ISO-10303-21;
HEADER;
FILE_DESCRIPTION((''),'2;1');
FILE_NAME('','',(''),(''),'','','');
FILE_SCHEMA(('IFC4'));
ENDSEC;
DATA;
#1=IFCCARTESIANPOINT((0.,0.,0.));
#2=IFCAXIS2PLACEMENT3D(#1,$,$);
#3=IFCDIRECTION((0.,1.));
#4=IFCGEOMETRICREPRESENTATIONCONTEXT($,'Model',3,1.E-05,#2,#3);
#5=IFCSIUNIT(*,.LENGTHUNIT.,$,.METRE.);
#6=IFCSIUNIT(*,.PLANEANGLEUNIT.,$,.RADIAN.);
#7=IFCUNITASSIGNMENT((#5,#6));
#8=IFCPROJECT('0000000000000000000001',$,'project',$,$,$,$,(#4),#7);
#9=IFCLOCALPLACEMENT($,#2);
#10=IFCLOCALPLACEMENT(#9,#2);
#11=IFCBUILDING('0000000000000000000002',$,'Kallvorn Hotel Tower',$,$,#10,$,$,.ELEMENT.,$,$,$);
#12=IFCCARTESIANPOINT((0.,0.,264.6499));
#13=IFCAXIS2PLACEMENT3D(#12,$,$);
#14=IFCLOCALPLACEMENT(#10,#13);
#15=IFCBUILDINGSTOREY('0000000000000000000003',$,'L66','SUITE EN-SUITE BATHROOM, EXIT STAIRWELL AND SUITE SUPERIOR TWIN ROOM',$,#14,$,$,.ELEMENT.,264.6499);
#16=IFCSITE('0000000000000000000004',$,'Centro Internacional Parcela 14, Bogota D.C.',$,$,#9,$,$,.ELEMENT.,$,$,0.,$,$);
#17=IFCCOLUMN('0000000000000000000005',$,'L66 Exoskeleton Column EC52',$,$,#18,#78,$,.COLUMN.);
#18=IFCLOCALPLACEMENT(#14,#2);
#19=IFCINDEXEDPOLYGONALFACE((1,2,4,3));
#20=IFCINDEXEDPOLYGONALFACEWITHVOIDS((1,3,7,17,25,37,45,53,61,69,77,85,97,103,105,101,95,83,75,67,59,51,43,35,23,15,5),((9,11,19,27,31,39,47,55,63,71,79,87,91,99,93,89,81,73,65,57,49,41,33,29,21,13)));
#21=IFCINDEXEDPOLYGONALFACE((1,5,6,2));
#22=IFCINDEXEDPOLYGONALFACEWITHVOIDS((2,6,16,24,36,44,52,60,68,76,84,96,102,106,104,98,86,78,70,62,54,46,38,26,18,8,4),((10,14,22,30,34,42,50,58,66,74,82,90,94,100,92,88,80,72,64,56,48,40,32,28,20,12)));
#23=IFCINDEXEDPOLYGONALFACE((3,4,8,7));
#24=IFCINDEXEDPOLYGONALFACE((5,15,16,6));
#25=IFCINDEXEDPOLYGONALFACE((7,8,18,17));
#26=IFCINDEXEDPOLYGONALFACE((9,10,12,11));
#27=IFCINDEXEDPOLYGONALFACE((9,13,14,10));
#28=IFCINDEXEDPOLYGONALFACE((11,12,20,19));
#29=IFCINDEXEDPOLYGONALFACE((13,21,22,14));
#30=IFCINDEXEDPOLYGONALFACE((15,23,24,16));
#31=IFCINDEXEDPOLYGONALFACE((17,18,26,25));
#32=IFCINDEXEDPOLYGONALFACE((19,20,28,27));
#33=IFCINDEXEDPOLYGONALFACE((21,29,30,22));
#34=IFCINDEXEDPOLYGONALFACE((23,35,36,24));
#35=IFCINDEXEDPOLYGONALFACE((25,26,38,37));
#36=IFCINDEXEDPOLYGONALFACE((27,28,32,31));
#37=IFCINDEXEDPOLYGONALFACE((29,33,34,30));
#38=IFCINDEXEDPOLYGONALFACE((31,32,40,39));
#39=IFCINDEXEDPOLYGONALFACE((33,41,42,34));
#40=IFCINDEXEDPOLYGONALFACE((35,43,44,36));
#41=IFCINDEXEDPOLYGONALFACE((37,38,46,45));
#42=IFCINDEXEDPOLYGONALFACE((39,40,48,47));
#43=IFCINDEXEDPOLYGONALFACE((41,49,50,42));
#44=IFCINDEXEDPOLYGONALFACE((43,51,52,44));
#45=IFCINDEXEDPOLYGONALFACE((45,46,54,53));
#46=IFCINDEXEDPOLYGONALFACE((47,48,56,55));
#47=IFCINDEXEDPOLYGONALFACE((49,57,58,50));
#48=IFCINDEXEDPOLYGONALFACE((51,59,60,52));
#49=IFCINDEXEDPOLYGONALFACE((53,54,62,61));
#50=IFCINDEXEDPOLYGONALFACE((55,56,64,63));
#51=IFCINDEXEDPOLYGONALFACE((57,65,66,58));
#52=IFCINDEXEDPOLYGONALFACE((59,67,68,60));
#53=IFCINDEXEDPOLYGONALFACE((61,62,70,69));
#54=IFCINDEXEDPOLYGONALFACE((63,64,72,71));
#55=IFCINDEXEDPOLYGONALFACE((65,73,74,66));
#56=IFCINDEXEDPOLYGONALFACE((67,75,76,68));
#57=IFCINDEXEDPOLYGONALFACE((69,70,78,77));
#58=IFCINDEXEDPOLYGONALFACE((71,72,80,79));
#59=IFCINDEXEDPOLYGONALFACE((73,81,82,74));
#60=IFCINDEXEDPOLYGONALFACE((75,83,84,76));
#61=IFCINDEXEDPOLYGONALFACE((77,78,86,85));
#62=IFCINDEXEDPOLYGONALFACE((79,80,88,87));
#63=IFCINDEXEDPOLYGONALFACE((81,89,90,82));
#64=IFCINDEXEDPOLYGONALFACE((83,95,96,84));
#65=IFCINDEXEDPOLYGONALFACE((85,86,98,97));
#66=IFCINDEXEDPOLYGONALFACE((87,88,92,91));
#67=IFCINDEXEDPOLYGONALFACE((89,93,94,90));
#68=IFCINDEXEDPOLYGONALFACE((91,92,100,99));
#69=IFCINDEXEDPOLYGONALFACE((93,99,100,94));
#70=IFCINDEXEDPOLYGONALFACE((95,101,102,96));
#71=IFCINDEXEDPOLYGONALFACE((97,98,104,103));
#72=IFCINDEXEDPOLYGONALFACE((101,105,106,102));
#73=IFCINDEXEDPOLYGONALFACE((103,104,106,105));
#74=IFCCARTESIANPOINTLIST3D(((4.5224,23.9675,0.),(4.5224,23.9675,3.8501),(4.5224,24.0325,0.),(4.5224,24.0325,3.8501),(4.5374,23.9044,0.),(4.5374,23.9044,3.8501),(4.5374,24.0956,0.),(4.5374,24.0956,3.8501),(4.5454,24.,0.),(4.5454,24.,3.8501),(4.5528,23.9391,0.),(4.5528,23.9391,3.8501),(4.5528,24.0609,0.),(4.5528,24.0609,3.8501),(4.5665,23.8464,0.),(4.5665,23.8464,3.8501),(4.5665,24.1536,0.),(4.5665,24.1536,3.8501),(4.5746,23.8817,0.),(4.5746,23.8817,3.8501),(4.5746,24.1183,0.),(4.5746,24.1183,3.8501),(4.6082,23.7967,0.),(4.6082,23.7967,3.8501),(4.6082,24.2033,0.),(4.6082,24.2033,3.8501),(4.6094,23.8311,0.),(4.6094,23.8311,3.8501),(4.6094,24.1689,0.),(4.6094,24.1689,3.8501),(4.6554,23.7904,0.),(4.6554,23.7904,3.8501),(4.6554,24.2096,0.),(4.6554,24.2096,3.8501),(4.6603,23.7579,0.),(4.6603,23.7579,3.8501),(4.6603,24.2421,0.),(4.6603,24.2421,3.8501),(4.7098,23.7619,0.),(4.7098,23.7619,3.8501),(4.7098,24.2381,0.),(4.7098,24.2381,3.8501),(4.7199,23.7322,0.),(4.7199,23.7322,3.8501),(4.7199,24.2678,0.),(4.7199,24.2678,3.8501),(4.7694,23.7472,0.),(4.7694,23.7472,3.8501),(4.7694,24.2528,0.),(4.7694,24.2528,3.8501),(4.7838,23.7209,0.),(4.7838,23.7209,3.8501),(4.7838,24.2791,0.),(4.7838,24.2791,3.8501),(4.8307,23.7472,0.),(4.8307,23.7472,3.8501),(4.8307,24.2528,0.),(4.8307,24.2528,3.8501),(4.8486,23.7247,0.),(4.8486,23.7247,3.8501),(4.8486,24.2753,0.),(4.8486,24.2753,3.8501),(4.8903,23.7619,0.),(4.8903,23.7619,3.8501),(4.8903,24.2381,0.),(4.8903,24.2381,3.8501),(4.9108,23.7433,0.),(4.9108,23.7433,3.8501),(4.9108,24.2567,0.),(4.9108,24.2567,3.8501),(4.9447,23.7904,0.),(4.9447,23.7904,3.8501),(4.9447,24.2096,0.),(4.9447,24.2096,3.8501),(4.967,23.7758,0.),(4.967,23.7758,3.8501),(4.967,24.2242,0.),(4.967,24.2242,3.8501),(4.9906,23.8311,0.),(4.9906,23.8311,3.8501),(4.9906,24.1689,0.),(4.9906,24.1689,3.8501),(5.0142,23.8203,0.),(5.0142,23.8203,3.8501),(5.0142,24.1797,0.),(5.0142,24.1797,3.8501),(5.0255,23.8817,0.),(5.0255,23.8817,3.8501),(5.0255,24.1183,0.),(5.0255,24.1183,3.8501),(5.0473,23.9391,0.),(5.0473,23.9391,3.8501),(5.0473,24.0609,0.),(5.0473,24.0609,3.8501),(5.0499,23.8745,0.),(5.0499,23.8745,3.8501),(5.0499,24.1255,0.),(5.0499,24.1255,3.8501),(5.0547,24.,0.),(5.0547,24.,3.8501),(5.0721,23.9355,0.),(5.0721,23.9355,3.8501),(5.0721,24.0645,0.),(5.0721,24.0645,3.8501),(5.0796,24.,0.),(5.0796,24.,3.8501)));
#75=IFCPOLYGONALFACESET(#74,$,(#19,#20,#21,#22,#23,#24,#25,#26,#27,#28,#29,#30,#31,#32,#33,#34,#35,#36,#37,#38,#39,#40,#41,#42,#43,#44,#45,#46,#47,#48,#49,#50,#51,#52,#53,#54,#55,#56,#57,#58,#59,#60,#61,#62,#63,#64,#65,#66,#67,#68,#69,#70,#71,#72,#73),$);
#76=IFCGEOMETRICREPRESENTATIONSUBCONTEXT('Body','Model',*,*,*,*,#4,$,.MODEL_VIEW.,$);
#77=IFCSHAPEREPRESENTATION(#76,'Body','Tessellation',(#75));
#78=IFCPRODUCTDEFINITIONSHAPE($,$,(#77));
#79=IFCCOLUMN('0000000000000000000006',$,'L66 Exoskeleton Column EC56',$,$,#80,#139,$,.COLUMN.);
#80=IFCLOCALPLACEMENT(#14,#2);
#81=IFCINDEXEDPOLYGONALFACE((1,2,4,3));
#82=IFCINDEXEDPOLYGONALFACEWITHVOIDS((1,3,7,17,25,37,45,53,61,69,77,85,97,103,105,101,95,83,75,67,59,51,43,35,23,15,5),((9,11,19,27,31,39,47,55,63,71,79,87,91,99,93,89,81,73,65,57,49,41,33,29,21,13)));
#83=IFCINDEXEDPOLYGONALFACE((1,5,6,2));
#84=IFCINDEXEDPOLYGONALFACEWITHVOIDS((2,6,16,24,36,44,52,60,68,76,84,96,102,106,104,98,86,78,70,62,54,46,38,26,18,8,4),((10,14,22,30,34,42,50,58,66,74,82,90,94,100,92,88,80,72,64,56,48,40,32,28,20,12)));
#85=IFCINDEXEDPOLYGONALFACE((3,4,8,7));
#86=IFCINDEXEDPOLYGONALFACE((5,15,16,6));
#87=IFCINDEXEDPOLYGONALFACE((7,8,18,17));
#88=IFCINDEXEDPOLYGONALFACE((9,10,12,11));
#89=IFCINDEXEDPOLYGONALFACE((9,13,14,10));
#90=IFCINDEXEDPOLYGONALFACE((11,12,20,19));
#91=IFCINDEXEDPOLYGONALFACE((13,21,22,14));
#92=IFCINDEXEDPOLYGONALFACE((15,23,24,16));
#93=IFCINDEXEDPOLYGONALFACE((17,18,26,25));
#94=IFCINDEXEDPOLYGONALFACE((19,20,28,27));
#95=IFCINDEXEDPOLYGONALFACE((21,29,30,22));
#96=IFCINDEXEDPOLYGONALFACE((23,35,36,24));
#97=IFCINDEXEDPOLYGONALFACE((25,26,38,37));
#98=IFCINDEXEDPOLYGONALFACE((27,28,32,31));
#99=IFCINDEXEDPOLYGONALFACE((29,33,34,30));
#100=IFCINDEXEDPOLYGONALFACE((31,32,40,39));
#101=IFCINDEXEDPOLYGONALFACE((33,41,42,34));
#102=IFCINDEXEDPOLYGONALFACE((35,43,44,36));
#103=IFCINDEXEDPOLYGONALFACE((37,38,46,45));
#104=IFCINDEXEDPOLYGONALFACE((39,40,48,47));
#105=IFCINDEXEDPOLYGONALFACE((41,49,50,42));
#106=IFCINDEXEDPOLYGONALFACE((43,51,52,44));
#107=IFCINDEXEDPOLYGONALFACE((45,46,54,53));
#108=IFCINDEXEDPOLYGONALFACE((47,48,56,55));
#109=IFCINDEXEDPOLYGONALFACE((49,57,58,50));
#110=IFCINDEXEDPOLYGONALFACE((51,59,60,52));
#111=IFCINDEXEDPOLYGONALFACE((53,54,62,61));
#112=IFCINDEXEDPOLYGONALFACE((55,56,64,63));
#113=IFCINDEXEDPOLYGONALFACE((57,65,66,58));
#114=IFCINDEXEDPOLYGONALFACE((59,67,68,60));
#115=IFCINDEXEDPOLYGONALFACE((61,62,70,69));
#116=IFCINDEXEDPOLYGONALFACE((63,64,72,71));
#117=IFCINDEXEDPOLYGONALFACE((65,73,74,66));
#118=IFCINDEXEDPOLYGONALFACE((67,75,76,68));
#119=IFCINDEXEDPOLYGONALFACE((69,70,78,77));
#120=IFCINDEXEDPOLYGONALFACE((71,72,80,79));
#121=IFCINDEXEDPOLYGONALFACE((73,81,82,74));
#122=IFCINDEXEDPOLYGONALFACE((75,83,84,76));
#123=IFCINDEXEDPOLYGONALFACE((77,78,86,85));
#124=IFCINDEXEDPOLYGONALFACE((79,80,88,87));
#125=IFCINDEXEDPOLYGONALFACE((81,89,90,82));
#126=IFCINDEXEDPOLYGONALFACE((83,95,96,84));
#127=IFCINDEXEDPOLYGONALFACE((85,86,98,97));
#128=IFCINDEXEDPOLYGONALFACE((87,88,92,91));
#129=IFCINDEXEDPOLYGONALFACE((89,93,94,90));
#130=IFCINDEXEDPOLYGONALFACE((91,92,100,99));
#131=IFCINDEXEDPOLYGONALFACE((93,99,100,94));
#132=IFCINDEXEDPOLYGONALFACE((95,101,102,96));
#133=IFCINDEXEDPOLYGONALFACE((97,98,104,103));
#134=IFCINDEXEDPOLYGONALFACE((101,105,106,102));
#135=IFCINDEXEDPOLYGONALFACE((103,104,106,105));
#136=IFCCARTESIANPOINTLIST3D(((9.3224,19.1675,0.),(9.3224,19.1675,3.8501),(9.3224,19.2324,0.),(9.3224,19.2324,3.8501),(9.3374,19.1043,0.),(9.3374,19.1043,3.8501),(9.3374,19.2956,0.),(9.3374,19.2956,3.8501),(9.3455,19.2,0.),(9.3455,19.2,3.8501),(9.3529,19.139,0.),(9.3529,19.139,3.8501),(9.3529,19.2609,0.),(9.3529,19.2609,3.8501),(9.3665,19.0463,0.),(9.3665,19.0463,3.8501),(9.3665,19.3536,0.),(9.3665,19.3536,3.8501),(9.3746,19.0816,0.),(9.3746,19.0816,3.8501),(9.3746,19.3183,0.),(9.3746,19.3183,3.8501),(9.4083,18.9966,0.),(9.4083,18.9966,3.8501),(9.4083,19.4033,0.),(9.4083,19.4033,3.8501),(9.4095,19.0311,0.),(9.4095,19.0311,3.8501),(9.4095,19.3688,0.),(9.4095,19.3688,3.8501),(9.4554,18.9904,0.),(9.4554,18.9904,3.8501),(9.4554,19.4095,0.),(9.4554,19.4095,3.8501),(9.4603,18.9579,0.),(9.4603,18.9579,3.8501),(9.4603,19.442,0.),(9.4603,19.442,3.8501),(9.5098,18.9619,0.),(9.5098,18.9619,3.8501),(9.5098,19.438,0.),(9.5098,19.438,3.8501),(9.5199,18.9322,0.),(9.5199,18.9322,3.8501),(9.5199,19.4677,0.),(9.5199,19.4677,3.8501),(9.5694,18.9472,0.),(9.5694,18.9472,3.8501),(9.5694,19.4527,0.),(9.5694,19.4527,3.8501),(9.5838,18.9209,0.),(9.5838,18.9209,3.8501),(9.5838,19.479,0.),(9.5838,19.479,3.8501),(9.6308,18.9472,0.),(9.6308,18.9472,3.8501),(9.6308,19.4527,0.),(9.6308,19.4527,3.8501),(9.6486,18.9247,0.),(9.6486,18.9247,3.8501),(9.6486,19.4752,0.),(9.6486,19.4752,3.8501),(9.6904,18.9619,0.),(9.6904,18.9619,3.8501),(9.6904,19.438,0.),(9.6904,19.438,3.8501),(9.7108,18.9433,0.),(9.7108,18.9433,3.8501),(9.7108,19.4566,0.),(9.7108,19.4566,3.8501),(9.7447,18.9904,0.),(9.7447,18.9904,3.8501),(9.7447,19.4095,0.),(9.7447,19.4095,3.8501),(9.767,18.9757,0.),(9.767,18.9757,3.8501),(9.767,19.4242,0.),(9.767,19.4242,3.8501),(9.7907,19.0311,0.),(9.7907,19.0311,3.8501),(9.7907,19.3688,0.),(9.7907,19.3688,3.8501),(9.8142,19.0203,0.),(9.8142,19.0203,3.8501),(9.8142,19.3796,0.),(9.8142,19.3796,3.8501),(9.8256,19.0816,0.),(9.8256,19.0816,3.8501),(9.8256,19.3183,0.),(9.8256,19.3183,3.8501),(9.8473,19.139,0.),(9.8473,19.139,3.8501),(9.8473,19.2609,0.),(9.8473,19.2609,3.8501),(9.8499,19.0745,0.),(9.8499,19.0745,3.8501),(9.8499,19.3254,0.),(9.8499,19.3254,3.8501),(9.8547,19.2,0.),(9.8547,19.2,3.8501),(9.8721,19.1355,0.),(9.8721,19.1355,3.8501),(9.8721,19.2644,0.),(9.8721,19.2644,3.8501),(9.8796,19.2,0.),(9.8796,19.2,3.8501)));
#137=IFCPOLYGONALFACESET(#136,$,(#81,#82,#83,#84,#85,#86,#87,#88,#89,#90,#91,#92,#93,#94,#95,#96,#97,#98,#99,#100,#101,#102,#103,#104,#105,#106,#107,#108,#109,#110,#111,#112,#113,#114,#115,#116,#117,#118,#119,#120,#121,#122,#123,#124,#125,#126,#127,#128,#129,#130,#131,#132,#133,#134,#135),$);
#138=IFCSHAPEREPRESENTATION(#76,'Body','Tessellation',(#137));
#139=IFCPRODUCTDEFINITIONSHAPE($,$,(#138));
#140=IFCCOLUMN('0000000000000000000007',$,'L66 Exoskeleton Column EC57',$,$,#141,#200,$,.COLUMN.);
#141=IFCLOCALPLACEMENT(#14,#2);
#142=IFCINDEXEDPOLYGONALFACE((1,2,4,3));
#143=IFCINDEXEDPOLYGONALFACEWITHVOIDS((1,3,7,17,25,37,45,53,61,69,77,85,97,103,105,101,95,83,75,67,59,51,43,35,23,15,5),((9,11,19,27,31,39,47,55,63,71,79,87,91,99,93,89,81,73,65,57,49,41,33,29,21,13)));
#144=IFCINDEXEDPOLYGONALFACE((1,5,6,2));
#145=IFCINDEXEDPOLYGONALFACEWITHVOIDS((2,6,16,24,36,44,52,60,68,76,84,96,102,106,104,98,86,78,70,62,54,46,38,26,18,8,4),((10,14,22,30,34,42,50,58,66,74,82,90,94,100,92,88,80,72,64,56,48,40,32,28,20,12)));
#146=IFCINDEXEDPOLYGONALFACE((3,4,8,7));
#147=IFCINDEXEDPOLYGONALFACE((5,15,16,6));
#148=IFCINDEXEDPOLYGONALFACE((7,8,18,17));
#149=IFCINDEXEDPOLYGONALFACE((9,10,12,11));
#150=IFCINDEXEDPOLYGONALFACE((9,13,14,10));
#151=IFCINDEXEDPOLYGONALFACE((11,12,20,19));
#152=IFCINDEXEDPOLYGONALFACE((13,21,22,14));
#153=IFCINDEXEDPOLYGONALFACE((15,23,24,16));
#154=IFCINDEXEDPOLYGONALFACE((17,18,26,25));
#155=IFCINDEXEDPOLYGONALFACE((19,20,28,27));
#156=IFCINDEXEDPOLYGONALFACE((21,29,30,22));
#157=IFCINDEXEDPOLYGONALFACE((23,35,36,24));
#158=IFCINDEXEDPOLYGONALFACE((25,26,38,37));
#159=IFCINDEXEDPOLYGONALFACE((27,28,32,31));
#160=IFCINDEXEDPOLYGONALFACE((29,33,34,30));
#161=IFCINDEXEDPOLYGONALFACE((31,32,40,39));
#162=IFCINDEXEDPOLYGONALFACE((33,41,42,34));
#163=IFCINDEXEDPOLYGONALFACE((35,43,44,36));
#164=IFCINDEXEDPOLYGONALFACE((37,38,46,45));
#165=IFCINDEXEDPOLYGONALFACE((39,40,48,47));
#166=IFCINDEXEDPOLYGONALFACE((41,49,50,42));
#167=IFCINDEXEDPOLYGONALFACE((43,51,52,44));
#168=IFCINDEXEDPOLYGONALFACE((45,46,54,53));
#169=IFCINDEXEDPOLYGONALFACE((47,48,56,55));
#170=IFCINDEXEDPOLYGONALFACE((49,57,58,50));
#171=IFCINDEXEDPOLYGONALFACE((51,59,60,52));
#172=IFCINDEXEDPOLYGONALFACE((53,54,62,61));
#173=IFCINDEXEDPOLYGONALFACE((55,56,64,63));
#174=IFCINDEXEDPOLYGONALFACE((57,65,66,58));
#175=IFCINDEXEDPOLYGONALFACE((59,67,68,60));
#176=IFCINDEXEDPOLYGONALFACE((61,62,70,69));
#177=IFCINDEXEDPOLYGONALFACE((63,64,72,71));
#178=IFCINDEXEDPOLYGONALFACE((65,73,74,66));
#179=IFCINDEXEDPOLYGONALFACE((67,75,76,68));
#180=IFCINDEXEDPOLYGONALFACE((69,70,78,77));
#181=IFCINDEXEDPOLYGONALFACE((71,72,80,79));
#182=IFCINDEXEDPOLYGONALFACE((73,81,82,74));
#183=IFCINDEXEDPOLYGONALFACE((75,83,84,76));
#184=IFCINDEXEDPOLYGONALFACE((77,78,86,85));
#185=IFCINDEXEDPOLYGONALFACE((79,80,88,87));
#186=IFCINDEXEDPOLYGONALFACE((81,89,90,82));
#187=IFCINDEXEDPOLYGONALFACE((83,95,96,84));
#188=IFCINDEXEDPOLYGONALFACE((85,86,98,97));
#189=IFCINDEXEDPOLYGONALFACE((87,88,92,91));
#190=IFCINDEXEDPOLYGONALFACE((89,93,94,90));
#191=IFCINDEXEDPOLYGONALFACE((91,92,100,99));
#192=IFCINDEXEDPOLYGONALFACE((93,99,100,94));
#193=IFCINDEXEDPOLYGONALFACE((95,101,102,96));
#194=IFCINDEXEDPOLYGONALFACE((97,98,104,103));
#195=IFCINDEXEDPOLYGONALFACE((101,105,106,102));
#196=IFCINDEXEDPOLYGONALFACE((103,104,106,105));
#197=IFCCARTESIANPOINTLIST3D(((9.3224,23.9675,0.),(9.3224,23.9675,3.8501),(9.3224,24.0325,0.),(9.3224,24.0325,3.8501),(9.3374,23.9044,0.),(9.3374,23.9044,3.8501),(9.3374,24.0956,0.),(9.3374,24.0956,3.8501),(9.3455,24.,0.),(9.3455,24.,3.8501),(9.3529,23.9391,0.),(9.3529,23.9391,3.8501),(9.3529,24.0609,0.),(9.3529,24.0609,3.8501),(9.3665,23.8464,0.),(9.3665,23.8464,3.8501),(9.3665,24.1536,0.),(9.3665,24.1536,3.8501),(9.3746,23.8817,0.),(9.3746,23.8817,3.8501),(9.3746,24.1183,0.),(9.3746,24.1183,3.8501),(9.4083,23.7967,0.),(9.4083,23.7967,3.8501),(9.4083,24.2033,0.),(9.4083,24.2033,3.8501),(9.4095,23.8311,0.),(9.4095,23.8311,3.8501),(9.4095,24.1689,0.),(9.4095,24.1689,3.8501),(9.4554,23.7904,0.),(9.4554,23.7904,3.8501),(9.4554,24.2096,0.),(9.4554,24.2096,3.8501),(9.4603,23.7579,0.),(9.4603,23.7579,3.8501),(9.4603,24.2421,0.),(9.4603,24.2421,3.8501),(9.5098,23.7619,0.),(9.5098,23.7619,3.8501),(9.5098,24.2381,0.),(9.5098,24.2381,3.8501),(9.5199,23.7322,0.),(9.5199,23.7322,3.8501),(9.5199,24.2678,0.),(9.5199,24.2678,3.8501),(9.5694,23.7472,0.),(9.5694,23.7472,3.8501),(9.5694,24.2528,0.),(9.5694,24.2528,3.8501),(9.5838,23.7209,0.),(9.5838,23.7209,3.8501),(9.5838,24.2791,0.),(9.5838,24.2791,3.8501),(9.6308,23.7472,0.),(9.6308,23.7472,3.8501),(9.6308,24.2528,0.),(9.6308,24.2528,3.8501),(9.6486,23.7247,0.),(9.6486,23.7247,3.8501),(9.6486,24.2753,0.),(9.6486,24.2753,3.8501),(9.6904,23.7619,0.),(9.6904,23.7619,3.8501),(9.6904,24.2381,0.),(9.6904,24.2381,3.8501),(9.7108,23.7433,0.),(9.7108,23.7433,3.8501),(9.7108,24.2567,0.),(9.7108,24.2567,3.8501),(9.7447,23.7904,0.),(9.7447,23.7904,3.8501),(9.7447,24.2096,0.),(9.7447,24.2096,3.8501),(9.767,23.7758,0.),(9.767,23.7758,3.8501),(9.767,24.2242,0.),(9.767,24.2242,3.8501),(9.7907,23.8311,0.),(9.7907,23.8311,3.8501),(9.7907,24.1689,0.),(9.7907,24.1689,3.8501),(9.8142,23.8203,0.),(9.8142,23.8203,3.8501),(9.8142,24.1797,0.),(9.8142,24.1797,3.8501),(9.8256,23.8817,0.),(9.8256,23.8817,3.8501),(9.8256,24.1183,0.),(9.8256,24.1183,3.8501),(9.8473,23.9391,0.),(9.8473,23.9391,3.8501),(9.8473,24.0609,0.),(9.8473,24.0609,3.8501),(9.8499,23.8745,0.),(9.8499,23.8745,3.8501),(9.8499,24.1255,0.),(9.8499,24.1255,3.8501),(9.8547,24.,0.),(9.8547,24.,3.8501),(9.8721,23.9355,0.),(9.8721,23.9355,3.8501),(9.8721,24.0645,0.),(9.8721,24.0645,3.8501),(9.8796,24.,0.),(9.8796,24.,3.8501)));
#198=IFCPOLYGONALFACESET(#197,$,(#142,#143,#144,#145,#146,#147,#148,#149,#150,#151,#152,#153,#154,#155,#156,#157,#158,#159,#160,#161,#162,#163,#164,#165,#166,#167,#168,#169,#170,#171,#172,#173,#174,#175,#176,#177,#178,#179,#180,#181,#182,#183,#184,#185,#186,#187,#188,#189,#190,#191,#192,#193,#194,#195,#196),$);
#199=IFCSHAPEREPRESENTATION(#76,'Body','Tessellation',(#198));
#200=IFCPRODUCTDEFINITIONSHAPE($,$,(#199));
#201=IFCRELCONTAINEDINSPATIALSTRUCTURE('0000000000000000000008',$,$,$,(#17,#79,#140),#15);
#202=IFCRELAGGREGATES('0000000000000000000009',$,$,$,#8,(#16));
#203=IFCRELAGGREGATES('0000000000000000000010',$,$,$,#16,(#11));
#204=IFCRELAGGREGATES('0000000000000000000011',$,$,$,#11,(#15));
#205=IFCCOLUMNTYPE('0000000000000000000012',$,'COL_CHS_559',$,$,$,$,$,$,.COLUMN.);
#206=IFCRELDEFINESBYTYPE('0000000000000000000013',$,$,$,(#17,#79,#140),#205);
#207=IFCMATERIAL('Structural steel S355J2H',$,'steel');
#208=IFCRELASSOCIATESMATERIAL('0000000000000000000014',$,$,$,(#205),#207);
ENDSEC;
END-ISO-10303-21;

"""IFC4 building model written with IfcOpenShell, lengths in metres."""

from ifc_helpers import new_model, si_unit, direction, frame, origin, origin_2d, place, context, subcontext, project, spatial, hollow_circle, extrude, material, material_profile, profile_set, type_object, element, save


model = new_model("IFC4")

# Units and contexts
model_context = context("Model", 3, precision=1e-05, world=origin(), true_north=direction((0.0, 1.0)))
body_context = subcontext(model_context, "Body", "Model", "MODEL_VIEW")
ifc_project = project(units=[si_unit("LENGTHUNIT", "METRE"), si_unit("PLANEANGLEUNIT", "RADIAN")], contexts=[model_context])

# Site, building, storey
site_placement = place(None, origin())
site = spatial("IfcSite", under=ifc_project, at=site_placement, Name="Centro Internacional Parcela 14, Bogota D.C.", CompositionType="ELEMENT", RefElevation=0.0)
building_placement = place(site_placement, origin())
building = spatial("IfcBuilding", under=site, at=building_placement, Name="Kallvorn Hotel Tower", CompositionType="ELEMENT")
storey_placement = place(building_placement, frame((0.0, 0.0, 264.6499)))
storey = spatial("IfcBuildingStorey", under=building, at=storey_placement, Name="L66", Description="SUITE EN-SUITE BATHROOM, EXIT STAIRWELL AND SUITE SUPERIOR TWIN ROOM", CompositionType="ELEMENT", Elevation=264.6499)

# Columns
ifc_material_1 = material(Name="Structural steel S355J2H", Category="steel")
ifc_material_profile_1 = material_profile(ifc_material_1, hollow_circle(Radius=0.2795, WallThickness=0.0249, at=origin_2d()), Name="CHS 559x25")
ifc_profile_set_1 = profile_set([ifc_material_profile_1], Name="Structural steel S355J2H")
column_type_1 = type_object("IfcColumnType", Name="COL_CHS_559", PredefinedType="COLUMN", material=ifc_profile_set_1)
for number, where, z_axis, x_axis, name in (
    (1, (4.8, 24.0, 0.0), (0.0, 0.0, 1.0), (1.0, 0.0, 0.0), "L66 Exoskeleton Column EC52"),
    (2, (9.6001, 19.2, 0.0), (0.0, 0.0, 1.0), (1.0, 0.0, 0.0), "L66 Exoskeleton Column EC56"),
    (3, (9.6001, 24.0, 0.0), (0.0, 0.0, 1.0), (1.0, 0.0, 0.0), "L66 Exoskeleton Column EC57"),
):
    element("IfcColumn", number, at=place(storey_placement, frame(where, z_axis=z_axis, x_axis=x_axis)), inside=storey, type_object=column_type_1, Name=name, PredefinedType="COLUMN", context=body_context, shape_type="SweptSolid", body=[
        extrude(hollow_circle(Radius=0.2795, WallThickness=0.0249, at=origin_2d()), origin(), (0.0, 0.0, 1.0), 3.8501),
    ])

save(model, "model.ifc")
